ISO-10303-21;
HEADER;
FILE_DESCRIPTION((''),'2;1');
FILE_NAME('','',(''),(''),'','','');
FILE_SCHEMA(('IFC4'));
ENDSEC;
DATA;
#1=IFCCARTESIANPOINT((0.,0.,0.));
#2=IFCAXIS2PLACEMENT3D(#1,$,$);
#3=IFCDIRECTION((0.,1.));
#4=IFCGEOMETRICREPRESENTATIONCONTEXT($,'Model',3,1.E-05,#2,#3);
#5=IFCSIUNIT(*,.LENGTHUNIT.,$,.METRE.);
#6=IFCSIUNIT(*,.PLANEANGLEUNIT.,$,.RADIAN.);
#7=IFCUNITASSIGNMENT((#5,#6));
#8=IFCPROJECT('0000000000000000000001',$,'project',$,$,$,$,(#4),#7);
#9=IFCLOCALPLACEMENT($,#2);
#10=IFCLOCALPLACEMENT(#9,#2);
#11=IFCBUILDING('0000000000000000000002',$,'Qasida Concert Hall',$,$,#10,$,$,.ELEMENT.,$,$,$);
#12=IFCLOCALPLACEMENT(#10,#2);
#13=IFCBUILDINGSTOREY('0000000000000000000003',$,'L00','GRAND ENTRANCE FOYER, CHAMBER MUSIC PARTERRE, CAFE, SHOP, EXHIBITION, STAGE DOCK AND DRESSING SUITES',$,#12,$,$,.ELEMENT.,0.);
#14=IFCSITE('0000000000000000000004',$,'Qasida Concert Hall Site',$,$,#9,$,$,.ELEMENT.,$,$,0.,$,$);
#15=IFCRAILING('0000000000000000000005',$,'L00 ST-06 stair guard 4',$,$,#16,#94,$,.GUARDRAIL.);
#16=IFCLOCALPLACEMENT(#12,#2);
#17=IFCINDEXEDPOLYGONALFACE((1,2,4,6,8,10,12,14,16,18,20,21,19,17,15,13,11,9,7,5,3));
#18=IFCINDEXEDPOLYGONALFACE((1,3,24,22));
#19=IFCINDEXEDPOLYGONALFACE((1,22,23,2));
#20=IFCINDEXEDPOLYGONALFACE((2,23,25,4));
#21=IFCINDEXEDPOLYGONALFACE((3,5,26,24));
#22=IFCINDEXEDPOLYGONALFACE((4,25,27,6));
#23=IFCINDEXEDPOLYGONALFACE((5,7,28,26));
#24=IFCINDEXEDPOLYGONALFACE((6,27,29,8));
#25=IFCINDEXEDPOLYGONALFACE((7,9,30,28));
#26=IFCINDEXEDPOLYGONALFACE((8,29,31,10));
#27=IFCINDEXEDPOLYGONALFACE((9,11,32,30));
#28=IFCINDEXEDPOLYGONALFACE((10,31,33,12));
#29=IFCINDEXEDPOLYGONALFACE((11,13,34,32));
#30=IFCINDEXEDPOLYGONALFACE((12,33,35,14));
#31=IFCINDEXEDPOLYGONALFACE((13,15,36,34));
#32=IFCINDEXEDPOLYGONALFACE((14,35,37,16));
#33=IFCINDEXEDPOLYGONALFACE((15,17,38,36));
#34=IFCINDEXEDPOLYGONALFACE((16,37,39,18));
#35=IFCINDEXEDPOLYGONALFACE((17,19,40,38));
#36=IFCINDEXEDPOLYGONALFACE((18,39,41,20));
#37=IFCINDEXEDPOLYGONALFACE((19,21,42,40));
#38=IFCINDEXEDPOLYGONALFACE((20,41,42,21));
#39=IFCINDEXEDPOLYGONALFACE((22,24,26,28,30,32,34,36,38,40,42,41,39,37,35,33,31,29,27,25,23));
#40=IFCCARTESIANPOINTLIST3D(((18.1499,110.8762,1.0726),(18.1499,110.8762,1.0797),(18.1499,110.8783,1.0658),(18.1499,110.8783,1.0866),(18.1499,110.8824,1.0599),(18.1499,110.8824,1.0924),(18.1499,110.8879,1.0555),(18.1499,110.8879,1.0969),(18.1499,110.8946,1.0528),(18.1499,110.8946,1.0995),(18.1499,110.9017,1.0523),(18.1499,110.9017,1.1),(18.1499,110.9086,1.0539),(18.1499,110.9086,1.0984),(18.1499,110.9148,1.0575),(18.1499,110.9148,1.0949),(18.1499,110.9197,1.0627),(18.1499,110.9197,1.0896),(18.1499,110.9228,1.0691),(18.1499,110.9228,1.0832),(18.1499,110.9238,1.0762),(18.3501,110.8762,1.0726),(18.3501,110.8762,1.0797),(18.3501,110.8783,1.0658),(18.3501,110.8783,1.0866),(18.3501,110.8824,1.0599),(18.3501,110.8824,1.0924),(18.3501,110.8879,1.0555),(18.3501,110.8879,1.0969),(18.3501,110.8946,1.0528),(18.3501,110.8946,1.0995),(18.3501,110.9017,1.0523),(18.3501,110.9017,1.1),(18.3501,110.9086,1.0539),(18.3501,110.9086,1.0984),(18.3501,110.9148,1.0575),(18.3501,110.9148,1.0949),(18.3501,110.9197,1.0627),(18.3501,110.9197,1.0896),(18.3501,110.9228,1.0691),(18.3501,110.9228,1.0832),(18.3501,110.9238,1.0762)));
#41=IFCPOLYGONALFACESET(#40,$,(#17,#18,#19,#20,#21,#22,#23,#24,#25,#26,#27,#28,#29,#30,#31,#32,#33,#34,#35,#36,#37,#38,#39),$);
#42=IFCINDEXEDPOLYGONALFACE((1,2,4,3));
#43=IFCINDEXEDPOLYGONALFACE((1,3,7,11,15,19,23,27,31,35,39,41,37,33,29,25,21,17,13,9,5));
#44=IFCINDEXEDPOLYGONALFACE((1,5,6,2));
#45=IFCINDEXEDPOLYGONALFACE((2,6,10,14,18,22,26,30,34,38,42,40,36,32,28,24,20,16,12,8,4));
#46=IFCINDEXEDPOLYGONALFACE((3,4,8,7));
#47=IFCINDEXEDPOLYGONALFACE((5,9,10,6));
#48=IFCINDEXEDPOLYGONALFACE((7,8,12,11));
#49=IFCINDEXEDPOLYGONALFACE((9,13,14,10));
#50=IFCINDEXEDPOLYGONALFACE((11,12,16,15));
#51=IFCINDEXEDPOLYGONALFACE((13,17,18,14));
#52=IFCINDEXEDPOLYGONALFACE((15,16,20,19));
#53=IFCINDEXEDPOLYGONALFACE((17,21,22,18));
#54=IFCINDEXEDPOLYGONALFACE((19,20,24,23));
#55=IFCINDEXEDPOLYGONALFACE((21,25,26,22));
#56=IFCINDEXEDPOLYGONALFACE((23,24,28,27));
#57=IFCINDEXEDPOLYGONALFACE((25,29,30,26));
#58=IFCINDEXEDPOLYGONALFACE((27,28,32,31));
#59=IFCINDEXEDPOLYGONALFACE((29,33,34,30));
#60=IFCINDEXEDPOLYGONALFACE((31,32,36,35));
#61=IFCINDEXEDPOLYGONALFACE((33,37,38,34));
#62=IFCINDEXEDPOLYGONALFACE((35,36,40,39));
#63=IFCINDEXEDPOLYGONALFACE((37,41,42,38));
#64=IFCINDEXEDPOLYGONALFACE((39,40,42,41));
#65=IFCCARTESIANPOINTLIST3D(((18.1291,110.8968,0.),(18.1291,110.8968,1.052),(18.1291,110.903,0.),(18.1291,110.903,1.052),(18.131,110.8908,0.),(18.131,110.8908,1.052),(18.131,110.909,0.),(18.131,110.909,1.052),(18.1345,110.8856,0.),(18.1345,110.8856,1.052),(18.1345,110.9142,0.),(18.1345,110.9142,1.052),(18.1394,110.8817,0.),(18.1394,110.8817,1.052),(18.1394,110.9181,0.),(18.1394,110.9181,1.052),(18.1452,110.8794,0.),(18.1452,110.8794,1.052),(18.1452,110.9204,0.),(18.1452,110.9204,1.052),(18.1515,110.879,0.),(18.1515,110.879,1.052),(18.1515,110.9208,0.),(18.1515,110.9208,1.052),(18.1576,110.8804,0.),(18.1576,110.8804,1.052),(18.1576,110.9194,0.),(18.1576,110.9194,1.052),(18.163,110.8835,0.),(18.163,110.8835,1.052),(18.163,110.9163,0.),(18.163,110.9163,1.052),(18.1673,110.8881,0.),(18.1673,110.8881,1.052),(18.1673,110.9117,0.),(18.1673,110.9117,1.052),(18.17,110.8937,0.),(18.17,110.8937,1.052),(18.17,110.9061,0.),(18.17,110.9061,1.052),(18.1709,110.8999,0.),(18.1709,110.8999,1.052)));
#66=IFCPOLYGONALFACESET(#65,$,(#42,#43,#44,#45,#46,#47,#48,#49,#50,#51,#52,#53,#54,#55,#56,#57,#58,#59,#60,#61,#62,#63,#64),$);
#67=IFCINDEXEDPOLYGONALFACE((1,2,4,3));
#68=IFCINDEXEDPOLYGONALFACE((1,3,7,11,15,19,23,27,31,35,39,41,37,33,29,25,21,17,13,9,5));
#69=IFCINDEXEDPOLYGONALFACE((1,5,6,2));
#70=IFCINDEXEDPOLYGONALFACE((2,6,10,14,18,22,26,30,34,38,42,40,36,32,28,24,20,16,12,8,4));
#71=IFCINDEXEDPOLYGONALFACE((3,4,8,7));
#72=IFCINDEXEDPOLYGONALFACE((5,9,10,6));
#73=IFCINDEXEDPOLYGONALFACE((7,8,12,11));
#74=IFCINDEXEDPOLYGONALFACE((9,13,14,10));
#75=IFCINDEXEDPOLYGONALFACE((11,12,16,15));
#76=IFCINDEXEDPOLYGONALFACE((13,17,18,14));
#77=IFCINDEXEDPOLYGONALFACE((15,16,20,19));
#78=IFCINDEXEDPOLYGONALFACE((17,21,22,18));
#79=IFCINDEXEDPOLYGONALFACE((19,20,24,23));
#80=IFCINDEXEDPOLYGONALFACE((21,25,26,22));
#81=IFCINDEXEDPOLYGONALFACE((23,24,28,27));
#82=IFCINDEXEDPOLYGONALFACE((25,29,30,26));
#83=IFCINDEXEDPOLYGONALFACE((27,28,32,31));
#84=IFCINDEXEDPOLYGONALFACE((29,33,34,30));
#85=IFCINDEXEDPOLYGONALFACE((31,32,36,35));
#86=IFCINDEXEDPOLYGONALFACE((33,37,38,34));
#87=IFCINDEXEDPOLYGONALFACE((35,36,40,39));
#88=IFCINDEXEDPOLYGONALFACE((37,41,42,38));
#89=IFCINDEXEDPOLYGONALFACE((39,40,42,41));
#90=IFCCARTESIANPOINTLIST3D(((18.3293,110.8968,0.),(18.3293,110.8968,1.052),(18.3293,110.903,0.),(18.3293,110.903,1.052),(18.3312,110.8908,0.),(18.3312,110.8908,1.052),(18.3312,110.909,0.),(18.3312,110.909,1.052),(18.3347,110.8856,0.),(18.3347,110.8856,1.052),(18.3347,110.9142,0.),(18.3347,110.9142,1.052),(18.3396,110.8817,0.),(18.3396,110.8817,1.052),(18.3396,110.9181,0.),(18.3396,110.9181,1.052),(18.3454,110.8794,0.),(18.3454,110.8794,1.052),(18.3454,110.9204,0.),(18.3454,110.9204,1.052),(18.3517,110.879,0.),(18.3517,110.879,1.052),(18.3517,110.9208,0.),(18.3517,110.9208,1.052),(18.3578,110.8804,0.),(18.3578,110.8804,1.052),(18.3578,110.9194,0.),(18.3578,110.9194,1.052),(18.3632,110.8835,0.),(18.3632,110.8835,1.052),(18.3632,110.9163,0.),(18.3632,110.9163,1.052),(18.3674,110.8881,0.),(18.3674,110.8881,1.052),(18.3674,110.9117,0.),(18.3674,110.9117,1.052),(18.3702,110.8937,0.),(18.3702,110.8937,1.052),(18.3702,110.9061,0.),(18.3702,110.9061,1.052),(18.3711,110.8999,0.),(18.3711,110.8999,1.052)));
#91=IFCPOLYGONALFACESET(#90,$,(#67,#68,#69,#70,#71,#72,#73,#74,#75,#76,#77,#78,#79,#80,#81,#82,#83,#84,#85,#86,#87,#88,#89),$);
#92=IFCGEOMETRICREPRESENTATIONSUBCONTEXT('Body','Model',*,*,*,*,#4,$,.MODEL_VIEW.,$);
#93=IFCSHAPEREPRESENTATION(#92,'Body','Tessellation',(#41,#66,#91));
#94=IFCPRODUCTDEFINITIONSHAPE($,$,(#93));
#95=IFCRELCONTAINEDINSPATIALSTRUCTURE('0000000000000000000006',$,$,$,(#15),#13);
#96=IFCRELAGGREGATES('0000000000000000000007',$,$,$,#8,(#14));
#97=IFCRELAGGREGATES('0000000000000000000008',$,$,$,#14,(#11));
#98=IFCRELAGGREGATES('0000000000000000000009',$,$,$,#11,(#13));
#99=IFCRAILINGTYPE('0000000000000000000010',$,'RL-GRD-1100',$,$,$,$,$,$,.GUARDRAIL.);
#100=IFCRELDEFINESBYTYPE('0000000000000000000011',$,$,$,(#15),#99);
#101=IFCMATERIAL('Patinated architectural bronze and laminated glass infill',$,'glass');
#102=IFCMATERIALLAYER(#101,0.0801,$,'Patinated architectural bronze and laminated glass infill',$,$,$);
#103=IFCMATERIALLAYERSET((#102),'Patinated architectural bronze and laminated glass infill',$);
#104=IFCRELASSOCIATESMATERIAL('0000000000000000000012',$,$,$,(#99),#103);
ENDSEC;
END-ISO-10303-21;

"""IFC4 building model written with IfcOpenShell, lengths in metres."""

from ifc_helpers import new_model, si_unit, direction, frame, origin, origin_2d, place, context, subcontext, project, spatial, circle, extrude, material, layer, layer_set, type_object, element, save


model = new_model("IFC4")

# Units and contexts
model_context = context("Model", 3, precision=1e-05, world=origin(), true_north=direction((0.0, 1.0)))
body_context = subcontext(model_context, "Body", "Model", "MODEL_VIEW")
ifc_project = project(units=[si_unit("LENGTHUNIT", "METRE"), si_unit("PLANEANGLEUNIT", "RADIAN")], contexts=[model_context])

# Site, building, storey
site_placement = place(None, origin())
site = spatial("IfcSite", under=ifc_project, at=site_placement, Name="Qasida Concert Hall Site", CompositionType="ELEMENT", RefElevation=0.0)
building_placement = place(site_placement, origin())
building = spatial("IfcBuilding", under=site, at=building_placement, Name="Qasida Concert Hall", CompositionType="ELEMENT")
storey_placement = place(building_placement, origin())
storey = spatial("IfcBuildingStorey", under=building, at=storey_placement, Name="L00", Description="GRAND ENTRANCE FOYER, CHAMBER MUSIC PARTERRE, CAFE, SHOP, EXHIBITION, STAGE DOCK AND DRESSING SUITES", CompositionType="ELEMENT", Elevation=0.0)

# Railing
ifc_material_1 = material(Name="Patinated architectural bronze and laminated glass infill", Category="glass")
ifc_layer_1 = layer(ifc_material_1, 0.0801, Name="Patinated architectural bronze and laminated glass infill")
ifc_layer_set_1 = layer_set([ifc_layer_1], Name="Patinated architectural bronze and laminated glass infill")
railing_type_1 = type_object("IfcRailingType", Name="RL-GRD-1100", PredefinedType="GUARDRAIL", material=ifc_layer_set_1)
railing_1_placement = place(storey_placement, frame((18.1499, 110.8999, 0.0)))
element("IfcRailing", 1, at=railing_1_placement, inside=storey, type_object=railing_type_1, Name="L00 ST-06 stair guard 4", PredefinedType="GUARDRAIL", context=body_context, shape_type="SweptSolid", body=[
    extrude(circle(Radius=0.0239, at=origin_2d()), frame((0.0, 0.0, 1.0762), z_axis=(1.0, 0.0, 0.0), x_axis=(0.0, 1.0, 0.0)), (0.0, 0.0, 1.0), 0.2002),
    extrude(circle(Radius=0.021, at=origin_2d()), origin(), (0.0, 0.0, 1.0), 1.052),
    extrude(circle(Radius=0.021, at=origin_2d()), frame((0.2002, 0.0, 0.0)), (0.0, 0.0, 1.0), 1.052),
])

save(model, "model.ifc")
